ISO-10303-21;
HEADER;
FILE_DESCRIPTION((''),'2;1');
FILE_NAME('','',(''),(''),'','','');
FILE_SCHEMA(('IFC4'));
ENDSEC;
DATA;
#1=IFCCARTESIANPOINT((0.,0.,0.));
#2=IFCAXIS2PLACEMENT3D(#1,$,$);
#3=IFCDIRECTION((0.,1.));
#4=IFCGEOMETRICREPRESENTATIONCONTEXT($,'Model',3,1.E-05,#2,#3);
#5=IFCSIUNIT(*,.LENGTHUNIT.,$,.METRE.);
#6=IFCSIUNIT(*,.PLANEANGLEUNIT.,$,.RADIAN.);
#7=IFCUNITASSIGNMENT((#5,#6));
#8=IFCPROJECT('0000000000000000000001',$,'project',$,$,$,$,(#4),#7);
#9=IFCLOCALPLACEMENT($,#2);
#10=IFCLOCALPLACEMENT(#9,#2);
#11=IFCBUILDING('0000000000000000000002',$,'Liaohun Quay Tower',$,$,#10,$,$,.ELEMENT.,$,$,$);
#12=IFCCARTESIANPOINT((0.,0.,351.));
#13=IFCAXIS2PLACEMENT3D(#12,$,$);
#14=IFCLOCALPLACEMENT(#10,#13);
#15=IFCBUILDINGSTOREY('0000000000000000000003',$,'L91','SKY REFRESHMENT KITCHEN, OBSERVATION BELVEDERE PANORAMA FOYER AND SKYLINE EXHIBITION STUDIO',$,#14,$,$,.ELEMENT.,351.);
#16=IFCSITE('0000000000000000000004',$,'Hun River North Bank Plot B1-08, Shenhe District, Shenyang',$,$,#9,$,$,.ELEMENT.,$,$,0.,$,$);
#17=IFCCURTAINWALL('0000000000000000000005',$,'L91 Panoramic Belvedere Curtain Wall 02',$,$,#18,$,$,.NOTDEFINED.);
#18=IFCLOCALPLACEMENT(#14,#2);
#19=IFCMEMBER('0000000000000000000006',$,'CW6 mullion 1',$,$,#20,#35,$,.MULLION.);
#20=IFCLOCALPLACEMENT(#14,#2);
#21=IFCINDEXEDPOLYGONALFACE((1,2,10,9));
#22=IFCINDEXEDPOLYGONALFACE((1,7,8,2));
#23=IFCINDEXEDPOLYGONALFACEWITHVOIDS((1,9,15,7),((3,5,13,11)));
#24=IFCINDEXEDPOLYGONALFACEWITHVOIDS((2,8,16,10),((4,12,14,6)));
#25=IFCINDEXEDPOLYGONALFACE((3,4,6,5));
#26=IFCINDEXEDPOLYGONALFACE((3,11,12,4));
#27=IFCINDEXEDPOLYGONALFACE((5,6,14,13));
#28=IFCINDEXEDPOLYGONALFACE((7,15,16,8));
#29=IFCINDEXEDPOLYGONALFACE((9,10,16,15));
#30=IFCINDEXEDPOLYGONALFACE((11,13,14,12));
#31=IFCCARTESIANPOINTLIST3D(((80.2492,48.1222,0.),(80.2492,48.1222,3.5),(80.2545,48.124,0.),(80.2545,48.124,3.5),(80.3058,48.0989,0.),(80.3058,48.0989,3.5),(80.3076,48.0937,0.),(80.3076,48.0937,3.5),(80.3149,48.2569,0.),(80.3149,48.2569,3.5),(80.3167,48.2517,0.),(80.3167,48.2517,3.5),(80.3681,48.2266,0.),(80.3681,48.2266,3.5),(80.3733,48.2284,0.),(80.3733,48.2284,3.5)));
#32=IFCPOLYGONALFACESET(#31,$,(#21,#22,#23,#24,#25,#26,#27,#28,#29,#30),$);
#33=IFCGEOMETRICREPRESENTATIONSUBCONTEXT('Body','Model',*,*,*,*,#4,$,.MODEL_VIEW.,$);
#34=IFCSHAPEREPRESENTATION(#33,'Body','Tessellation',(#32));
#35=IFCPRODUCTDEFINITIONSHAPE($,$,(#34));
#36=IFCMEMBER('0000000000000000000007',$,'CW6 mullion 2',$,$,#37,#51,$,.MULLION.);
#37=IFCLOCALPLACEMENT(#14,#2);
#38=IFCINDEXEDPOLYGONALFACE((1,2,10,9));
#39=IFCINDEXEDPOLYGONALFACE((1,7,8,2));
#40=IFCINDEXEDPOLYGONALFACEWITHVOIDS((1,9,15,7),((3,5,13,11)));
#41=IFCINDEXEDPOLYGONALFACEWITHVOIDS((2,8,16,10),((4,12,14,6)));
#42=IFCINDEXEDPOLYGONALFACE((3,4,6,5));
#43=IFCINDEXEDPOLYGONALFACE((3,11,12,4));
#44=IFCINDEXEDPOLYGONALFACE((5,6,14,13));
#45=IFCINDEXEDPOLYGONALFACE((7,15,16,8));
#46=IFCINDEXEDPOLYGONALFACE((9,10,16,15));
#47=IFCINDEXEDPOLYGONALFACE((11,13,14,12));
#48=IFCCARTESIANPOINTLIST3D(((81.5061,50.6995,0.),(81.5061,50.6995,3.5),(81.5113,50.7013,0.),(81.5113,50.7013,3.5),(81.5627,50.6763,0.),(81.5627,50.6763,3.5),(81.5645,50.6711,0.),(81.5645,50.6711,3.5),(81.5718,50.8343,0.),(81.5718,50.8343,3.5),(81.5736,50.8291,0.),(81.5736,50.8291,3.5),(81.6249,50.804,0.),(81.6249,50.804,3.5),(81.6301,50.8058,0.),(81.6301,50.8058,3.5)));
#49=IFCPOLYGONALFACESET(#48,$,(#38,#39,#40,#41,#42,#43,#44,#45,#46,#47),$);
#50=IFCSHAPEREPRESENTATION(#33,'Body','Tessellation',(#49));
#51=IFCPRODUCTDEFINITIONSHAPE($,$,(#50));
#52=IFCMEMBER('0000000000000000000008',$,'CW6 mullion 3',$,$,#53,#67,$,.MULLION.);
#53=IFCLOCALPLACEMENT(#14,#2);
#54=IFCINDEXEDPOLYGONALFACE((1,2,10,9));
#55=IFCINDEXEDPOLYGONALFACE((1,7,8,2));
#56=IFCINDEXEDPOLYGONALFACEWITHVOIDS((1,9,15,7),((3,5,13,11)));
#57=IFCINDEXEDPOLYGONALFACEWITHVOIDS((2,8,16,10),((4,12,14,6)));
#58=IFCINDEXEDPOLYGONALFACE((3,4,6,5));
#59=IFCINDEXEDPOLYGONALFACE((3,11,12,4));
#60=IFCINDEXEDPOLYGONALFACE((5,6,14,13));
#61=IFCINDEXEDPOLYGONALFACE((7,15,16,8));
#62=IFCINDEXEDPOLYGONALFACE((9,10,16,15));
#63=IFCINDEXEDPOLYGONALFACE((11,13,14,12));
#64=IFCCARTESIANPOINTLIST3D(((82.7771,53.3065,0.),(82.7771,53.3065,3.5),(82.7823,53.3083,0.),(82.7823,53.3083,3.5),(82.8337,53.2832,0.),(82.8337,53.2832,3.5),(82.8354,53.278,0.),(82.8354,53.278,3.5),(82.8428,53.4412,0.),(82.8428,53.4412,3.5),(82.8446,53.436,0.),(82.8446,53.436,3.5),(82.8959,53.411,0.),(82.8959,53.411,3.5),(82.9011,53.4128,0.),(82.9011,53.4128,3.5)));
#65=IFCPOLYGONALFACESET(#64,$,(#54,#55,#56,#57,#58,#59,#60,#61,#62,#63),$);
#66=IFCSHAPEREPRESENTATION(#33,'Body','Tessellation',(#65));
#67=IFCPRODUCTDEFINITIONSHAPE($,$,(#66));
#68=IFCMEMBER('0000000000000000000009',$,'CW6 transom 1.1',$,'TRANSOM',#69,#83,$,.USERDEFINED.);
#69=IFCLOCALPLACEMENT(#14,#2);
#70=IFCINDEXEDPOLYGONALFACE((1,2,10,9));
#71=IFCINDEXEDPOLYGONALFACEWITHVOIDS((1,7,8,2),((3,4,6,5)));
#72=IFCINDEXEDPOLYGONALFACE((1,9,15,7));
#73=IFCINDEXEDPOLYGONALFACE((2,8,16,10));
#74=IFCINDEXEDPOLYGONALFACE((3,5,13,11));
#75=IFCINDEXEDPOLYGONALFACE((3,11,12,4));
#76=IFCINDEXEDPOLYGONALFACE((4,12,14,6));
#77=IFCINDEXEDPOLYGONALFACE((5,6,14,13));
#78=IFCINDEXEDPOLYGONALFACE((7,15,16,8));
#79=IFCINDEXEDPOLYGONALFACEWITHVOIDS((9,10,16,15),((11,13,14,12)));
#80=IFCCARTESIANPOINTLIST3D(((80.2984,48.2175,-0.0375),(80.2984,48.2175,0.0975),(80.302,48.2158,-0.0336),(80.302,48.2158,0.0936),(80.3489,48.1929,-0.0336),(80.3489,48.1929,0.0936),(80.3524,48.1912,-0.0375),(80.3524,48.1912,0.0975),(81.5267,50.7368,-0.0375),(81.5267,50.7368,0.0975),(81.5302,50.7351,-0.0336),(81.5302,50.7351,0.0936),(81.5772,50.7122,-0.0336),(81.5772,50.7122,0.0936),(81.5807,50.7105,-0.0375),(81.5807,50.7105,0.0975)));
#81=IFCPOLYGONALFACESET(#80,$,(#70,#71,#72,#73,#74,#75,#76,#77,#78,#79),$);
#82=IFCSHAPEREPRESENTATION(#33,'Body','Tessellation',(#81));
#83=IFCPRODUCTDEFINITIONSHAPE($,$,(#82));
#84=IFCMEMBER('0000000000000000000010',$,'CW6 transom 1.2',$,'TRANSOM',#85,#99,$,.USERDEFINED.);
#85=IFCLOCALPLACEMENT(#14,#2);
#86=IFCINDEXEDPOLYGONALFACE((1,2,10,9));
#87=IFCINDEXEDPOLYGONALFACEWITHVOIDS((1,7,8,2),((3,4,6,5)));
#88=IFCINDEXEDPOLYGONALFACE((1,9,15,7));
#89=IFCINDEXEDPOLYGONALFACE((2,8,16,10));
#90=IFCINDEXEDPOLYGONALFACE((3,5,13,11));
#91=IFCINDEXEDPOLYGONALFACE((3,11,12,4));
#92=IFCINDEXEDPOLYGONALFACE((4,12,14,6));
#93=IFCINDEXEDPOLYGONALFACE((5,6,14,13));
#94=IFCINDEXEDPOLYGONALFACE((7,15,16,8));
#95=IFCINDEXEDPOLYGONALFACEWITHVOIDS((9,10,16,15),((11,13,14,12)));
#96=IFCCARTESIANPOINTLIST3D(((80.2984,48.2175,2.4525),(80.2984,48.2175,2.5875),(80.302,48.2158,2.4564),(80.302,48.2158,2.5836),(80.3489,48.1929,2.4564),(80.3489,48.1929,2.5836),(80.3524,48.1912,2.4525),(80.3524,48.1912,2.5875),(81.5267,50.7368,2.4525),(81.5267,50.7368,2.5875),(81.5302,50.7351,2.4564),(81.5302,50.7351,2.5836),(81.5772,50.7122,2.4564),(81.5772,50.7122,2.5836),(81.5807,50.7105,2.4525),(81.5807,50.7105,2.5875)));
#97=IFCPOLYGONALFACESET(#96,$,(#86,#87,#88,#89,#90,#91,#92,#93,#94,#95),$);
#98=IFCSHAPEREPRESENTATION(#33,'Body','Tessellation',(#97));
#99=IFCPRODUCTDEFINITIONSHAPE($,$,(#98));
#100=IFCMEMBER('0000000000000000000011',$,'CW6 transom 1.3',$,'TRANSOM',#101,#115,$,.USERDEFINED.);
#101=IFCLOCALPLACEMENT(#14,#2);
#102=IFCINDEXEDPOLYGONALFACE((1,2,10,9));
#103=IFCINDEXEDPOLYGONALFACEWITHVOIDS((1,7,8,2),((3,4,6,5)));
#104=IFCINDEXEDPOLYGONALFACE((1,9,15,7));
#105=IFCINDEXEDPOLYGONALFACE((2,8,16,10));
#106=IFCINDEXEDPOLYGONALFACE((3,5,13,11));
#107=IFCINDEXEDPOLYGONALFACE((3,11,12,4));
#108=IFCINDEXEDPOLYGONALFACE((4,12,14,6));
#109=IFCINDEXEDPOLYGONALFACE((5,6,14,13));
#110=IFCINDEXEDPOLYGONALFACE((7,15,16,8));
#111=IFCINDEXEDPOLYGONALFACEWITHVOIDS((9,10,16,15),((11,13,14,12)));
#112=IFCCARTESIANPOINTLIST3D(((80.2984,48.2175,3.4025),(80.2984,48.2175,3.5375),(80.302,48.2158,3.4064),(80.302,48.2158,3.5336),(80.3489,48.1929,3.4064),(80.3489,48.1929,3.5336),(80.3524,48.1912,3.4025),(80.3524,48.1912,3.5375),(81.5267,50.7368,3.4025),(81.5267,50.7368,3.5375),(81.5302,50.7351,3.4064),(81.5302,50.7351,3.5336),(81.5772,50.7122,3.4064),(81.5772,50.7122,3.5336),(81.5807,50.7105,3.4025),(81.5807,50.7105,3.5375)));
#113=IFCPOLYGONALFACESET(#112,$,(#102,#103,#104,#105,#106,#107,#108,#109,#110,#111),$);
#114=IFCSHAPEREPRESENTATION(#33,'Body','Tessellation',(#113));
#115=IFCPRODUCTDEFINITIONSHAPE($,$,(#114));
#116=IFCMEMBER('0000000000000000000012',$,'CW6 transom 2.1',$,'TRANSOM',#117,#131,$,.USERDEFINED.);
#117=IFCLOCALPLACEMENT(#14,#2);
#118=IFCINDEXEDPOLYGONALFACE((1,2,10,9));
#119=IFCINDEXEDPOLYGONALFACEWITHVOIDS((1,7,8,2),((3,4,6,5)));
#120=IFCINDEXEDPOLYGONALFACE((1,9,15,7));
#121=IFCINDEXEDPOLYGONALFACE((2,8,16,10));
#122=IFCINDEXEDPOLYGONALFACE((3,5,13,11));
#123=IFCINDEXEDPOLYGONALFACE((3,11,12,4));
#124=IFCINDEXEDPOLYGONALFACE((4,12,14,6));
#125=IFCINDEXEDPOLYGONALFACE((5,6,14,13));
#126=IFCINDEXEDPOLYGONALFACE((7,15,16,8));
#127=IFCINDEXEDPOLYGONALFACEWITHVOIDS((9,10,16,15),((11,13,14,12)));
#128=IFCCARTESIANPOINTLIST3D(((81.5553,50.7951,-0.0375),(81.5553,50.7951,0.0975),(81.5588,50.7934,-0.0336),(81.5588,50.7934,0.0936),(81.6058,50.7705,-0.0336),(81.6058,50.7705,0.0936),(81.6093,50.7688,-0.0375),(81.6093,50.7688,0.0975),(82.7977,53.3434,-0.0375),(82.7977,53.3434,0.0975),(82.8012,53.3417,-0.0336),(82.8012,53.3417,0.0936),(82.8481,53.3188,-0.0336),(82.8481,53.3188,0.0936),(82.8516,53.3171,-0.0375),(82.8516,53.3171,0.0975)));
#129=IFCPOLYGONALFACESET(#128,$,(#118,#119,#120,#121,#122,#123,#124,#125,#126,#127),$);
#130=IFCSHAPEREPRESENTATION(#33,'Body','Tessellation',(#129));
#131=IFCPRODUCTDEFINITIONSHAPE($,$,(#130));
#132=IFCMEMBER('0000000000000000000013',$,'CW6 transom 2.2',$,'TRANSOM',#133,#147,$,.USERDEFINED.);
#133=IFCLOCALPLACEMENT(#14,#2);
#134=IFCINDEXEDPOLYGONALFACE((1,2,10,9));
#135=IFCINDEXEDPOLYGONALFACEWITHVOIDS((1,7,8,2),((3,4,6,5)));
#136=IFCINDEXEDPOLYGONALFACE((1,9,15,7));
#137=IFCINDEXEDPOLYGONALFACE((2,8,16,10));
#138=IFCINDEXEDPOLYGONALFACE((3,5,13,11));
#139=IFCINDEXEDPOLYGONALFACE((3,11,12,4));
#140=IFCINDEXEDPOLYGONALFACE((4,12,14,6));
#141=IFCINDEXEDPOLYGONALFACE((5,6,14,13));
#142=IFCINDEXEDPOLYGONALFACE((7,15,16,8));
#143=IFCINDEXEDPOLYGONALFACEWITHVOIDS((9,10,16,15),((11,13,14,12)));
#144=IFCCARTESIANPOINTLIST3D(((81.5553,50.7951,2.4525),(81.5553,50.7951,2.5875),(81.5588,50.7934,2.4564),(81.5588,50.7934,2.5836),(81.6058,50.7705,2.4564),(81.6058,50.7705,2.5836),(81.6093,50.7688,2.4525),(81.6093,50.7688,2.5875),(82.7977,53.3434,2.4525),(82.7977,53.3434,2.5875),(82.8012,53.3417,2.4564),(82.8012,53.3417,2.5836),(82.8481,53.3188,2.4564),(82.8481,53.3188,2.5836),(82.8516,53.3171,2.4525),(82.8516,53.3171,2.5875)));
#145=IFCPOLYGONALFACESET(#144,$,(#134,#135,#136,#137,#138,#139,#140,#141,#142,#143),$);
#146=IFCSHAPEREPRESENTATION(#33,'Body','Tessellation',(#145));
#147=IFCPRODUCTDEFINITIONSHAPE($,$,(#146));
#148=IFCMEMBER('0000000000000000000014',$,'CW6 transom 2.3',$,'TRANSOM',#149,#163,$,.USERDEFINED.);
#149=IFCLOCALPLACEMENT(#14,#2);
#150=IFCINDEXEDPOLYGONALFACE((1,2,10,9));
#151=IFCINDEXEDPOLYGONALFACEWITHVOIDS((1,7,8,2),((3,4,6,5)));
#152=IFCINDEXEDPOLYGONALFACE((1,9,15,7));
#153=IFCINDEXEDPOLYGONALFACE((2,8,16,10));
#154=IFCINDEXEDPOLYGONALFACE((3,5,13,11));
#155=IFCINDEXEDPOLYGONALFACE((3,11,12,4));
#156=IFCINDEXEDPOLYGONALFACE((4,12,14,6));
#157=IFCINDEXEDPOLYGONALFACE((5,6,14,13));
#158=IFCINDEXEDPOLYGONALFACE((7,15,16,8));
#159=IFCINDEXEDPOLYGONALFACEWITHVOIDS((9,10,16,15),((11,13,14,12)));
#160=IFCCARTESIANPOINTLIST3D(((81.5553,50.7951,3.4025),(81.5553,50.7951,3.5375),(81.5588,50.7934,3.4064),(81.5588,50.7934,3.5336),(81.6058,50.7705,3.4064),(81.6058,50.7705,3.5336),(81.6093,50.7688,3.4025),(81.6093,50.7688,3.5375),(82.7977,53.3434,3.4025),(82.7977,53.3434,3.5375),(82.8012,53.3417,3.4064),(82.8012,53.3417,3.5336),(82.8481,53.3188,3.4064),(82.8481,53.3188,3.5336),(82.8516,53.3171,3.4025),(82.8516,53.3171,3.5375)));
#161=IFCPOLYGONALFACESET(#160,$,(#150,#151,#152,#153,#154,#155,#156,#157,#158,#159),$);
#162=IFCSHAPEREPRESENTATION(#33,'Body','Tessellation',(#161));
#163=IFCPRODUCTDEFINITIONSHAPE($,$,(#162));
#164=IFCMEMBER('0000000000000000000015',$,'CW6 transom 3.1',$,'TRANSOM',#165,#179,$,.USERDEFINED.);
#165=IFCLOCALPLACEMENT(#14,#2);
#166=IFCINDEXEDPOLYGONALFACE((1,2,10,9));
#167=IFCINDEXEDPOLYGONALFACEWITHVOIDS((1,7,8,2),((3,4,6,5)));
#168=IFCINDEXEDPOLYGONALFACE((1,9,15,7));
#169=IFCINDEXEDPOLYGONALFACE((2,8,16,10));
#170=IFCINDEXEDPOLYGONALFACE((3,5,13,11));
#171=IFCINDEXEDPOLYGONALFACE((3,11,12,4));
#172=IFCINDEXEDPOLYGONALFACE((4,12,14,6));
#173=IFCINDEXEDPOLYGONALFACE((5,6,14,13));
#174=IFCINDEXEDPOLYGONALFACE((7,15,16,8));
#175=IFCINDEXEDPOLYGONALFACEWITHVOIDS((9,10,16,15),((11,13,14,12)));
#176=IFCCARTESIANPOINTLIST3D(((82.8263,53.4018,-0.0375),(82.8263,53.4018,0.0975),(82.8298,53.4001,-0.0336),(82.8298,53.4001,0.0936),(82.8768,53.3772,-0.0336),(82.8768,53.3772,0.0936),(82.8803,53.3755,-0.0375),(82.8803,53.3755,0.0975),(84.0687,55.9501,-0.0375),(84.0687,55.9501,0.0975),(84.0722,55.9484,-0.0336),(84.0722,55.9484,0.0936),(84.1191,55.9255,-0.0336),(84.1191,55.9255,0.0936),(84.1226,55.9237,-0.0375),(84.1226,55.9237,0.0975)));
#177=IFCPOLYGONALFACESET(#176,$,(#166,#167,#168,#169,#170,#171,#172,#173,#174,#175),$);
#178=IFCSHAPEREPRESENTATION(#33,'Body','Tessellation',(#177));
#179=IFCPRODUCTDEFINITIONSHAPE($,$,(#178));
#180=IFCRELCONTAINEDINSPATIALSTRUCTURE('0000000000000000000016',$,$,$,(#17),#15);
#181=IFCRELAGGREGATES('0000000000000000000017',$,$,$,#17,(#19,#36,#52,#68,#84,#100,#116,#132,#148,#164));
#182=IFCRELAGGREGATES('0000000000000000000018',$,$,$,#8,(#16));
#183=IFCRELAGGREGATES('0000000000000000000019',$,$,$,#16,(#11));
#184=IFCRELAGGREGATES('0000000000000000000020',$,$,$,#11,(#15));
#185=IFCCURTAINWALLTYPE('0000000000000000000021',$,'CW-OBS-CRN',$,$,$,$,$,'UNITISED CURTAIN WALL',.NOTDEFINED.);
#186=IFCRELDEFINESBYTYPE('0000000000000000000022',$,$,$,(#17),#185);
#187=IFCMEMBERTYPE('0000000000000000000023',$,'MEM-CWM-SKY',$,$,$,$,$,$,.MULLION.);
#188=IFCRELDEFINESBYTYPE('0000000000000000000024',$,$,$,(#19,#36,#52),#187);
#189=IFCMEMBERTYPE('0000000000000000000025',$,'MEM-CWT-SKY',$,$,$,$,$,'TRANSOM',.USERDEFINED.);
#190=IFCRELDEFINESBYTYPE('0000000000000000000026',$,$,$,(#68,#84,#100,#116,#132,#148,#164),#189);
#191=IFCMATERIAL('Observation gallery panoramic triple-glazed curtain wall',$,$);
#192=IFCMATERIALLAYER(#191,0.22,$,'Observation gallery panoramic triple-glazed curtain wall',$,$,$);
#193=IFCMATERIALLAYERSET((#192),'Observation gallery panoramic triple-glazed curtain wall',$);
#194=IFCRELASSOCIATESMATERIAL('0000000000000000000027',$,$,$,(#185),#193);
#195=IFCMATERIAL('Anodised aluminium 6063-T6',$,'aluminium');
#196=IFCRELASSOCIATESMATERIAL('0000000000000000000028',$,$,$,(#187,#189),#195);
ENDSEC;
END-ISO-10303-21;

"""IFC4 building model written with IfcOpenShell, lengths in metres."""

from ifc_helpers import new_model, si_unit, direction, frame, origin, origin_2d, place, context, subcontext, project, spatial, hollow_rectangle, extrude, source, transform, mapped, material, layer, layer_set, material_profile, profile_set, type_object, element, aggregate, save


model = new_model("IFC4")

# Units and contexts
model_context = context("Model", 3, precision=1e-05, world=origin(), true_north=direction((0.0, 1.0)))
body_context = subcontext(model_context, "Body", "Model", "MODEL_VIEW")
ifc_project = project(units=[si_unit("LENGTHUNIT", "METRE"), si_unit("PLANEANGLEUNIT", "RADIAN")], contexts=[model_context])

# Site, building, storey
site_placement = place(None, origin())
site = spatial("IfcSite", under=ifc_project, at=site_placement, Name="Hun River North Bank Plot B1-08, Shenhe District, Shenyang", CompositionType="ELEMENT", RefElevation=0.0)
building_placement = place(site_placement, origin())
building = spatial("IfcBuilding", under=site, at=building_placement, Name="Liaohun Quay Tower", CompositionType="ELEMENT")
storey_placement = place(building_placement, frame((0.0, 0.0, 351.0)))
storey = spatial("IfcBuildingStorey", under=building, at=storey_placement, Name="L91", Description="SKY REFRESHMENT KITCHEN, OBSERVATION BELVEDERE PANORAMA FOYER AND SKYLINE EXHIBITION STUDIO", CompositionType="ELEMENT", Elevation=351.0)

# Curtain wall, members
ifc_material_1 = material(Name="Observation gallery panoramic triple-glazed curtain wall")
ifc_layer_1 = layer(ifc_material_1, 0.22, Name="Observation gallery panoramic triple-glazed curtain wall")
ifc_layer_set_1 = layer_set([ifc_layer_1], Name="Observation gallery panoramic triple-glazed curtain wall")
curtain_wall_type = type_object("IfcCurtainWallType", Name="CW-OBS-CRN", ElementType="UNITISED CURTAIN WALL", PredefinedType="NOTDEFINED", material=ifc_layer_set_1)
curtain_wall_placement = place(storey_placement, origin())
curtain_wall = element("IfcCurtainWall", 1, at=curtain_wall_placement, inside=storey, type_object=curtain_wall_type, Name="L91 Panoramic Belvedere Curtain Wall 02", PredefinedType="NOTDEFINED")
ifc_material_2 = material(Name="Anodised aluminium 6063-T6", Category="aluminium")
ifc_material_profile_1 = material_profile(ifc_material_2, hollow_rectangle(XDim=0.0649, YDim=0.1499, WallThickness=0.0039, at=origin_2d()), Name="RHS150x65x4")
ifc_profile_set_1 = profile_set([ifc_material_profile_1], Name="Anodised aluminium 6063-T6")
member_type_1 = type_object("IfcMemberType", Name="MEM-CWM-SKY", PredefinedType="MULLION", material=ifc_profile_set_1)
shared_shape_1 = source(origin(), body_context, "Body", "SweptSolid", [
    extrude(hollow_rectangle(XDim=0.0649, YDim=0.1499, WallThickness=0.0039, at=origin_2d()), origin(), (0.0, 0.0, 1.0), 3.5),
])
member_1_placement = place(storey_placement, frame((80.3113, 48.1753, 0.0), z_axis=(0.0, 0.0, 1.0), x_axis=(-0.898848, 0.438261, 0.0)))
member_1 = element("IfcMember", 2, at=member_1_placement, type_object=member_type_1, Name="CW6 mullion 1", PredefinedType="MULLION", context=body_context, shape_type="MappedRepresentation", body=[
    mapped(shared_shape_1, transform((0.0, 0.0, 0.0), x_axis=(1.0, 0.0, 0.0), y_axis=(0.0, 1.0, 0.0), z_axis=(0.0, 0.0, 1.0), scale=1.0)),
])
member_2_placement = place(storey_placement, frame((81.5681, 50.7527, 0.0), z_axis=(0.0, 0.0, 1.0), x_axis=(-0.898848, 0.438261, 0.0)))
member_2 = element("IfcMember", 3, at=member_2_placement, type_object=member_type_1, Name="CW6 mullion 2", PredefinedType="MULLION", context=body_context, shape_type="MappedRepresentation", body=[
    mapped(shared_shape_1, transform((0.0, 0.0, 0.0), x_axis=(1.0, 0.0, 0.0), y_axis=(0.0, 1.0, 0.0), z_axis=(0.0, 0.0, 1.0), scale=1.0)),
])
member_3_placement = place(storey_placement, frame((82.8391, 53.3596, 0.0), z_axis=(0.0, 0.0, 1.0), x_axis=(-0.898848, 0.438261, 0.0)))
member_3 = element("IfcMember", 4, at=member_3_placement, type_object=member_type_1, Name="CW6 mullion 3", PredefinedType="MULLION", context=body_context, shape_type="MappedRepresentation", body=[
    mapped(shared_shape_1, transform((0.0, 0.0, 0.0), x_axis=(1.0, 0.0, 0.0), y_axis=(0.0, 1.0, 0.0), z_axis=(0.0, 0.0, 1.0), scale=1.0)),
])
ifc_material_profile_2 = material_profile(ifc_material_2, hollow_rectangle(XDim=0.0601, YDim=0.135, WallThickness=0.0039, at=origin_2d()), Name="RHS135x60x4")
ifc_profile_set_2 = profile_set([ifc_material_profile_2], Name="Anodised aluminium 6063-T6")
member_type_2 = type_object("IfcMemberType", Name="MEM-CWT-SKY", ElementType="TRANSOM", PredefinedType="USERDEFINED", material=ifc_profile_set_2)
shared_shape_2 = source(origin(), body_context, "Body", "SweptSolid", [
    extrude(hollow_rectangle(XDim=0.0601, YDim=0.135, WallThickness=0.0039, at=origin_2d()), origin(), (0.0, 0.0, 1.0), 2.8027),
])
member_4_placement = place(storey_placement, frame((80.3254, 48.2043, 0.03), z_axis=(0.438237, 0.89886, 0.0), x_axis=(-0.89886, 0.438237, 0.0)))
member_4 = element("IfcMember", 5, at=member_4_placement, type_object=member_type_2, Name="CW6 transom 1.1", ObjectType="TRANSOM", PredefinedType="USERDEFINED", context=body_context, shape_type="MappedRepresentation", body=[
    mapped(shared_shape_2, transform((0.0, 0.0, 0.0), x_axis=(1.0, 0.0, 0.0), y_axis=(0.0, 1.0, 0.0), z_axis=(0.0, 0.0, 1.0), scale=1.0)),
])
member_5_placement = place(storey_placement, frame((80.3254, 48.2043, 2.52), z_axis=(0.438237, 0.89886, 0.0), x_axis=(-0.89886, 0.438237, 0.0)))
member_5 = element("IfcMember", 6, at=member_5_placement, type_object=member_type_2, Name="CW6 transom 1.2", ObjectType="TRANSOM", PredefinedType="USERDEFINED", context=body_context, shape_type="MappedRepresentation", body=[
    mapped(shared_shape_2, transform((0.0, 0.0, 0.0), x_axis=(1.0, 0.0, 0.0), y_axis=(0.0, 1.0, 0.0), z_axis=(0.0, 0.0, 1.0), scale=1.0)),
])
member_6_placement = place(storey_placement, frame((80.3254, 48.2043, 3.47), z_axis=(0.438237, 0.89886, 0.0), x_axis=(-0.89886, 0.438237, 0.0)))
member_6 = element("IfcMember", 7, at=member_6_placement, type_object=member_type_2, Name="CW6 transom 1.3", ObjectType="TRANSOM", PredefinedType="USERDEFINED", context=body_context, shape_type="MappedRepresentation", body=[
    mapped(shared_shape_2, transform((0.0, 0.0, 0.0), x_axis=(1.0, 0.0, 0.0), y_axis=(0.0, 1.0, 0.0), z_axis=(0.0, 0.0, 1.0), scale=1.0)),
])
shared_shape_3 = source(origin(), body_context, "Body", "SweptSolid", [
    extrude(hollow_rectangle(XDim=0.0601, YDim=0.135, WallThickness=0.0039, at=origin_2d()), origin(), (0.0, 0.0, 1.0), 2.835),
])
member_7_placement = place(storey_placement, frame((81.5823, 50.782, 0.03), z_axis=(0.438235, 0.89886, 0.0), x_axis=(-0.89886, 0.438235, 0.0)))
member_7 = element("IfcMember", 8, at=member_7_placement, type_object=member_type_2, Name="CW6 transom 2.1", ObjectType="TRANSOM", PredefinedType="USERDEFINED", context=body_context, shape_type="MappedRepresentation", body=[
    mapped(shared_shape_3, transform((0.0, 0.0, 0.0), x_axis=(1.0, 0.0, 0.0), y_axis=(0.0, 1.0, 0.0), z_axis=(0.0, 0.0, 1.0), scale=1.0)),
])
member_8_placement = place(storey_placement, frame((81.5823, 50.782, 2.52), z_axis=(0.438235, 0.89886, 0.0), x_axis=(-0.89886, 0.438235, 0.0)))
member_8 = element("IfcMember", 9, at=member_8_placement, type_object=member_type_2, Name="CW6 transom 2.2", ObjectType="TRANSOM", PredefinedType="USERDEFINED", context=body_context, shape_type="MappedRepresentation", body=[
    mapped(shared_shape_3, transform((0.0, 0.0, 0.0), x_axis=(1.0, 0.0, 0.0), y_axis=(0.0, 1.0, 0.0), z_axis=(0.0, 0.0, 1.0), scale=1.0)),
])
member_9_placement = place(storey_placement, frame((81.5823, 50.782, 3.47), z_axis=(0.438235, 0.89886, 0.0), x_axis=(-0.89886, 0.438235, 0.0)))
member_9 = element("IfcMember", 10, at=member_9_placement, type_object=member_type_2, Name="CW6 transom 2.3", ObjectType="TRANSOM", PredefinedType="USERDEFINED", context=body_context, shape_type="MappedRepresentation", body=[
    mapped(shared_shape_3, transform((0.0, 0.0, 0.0), x_axis=(1.0, 0.0, 0.0), y_axis=(0.0, 1.0, 0.0), z_axis=(0.0, 0.0, 1.0), scale=1.0)),
])
member_10_placement = place(storey_placement, frame((82.8533, 53.3887, 0.03), z_axis=(0.438235, 0.89886, 0.0), x_axis=(-0.89886, 0.438235, 0.0)))
member_10 = element("IfcMember", 11, at=member_10_placement, type_object=member_type_2, Name="CW6 transom 3.1", ObjectType="TRANSOM", PredefinedType="USERDEFINED", context=body_context, shape_type="MappedRepresentation", body=[
    mapped(shared_shape_3, transform((0.0, 0.0, 0.0), x_axis=(1.0, 0.0, 0.0), y_axis=(0.0, 1.0, 0.0), z_axis=(0.0, 0.0, 1.0), scale=1.0)),
])
aggregate(curtain_wall, [member_1, member_2, member_3, member_4, member_5, member_6, member_7, member_8, member_9, member_10])

save(model, "model.ifc")
